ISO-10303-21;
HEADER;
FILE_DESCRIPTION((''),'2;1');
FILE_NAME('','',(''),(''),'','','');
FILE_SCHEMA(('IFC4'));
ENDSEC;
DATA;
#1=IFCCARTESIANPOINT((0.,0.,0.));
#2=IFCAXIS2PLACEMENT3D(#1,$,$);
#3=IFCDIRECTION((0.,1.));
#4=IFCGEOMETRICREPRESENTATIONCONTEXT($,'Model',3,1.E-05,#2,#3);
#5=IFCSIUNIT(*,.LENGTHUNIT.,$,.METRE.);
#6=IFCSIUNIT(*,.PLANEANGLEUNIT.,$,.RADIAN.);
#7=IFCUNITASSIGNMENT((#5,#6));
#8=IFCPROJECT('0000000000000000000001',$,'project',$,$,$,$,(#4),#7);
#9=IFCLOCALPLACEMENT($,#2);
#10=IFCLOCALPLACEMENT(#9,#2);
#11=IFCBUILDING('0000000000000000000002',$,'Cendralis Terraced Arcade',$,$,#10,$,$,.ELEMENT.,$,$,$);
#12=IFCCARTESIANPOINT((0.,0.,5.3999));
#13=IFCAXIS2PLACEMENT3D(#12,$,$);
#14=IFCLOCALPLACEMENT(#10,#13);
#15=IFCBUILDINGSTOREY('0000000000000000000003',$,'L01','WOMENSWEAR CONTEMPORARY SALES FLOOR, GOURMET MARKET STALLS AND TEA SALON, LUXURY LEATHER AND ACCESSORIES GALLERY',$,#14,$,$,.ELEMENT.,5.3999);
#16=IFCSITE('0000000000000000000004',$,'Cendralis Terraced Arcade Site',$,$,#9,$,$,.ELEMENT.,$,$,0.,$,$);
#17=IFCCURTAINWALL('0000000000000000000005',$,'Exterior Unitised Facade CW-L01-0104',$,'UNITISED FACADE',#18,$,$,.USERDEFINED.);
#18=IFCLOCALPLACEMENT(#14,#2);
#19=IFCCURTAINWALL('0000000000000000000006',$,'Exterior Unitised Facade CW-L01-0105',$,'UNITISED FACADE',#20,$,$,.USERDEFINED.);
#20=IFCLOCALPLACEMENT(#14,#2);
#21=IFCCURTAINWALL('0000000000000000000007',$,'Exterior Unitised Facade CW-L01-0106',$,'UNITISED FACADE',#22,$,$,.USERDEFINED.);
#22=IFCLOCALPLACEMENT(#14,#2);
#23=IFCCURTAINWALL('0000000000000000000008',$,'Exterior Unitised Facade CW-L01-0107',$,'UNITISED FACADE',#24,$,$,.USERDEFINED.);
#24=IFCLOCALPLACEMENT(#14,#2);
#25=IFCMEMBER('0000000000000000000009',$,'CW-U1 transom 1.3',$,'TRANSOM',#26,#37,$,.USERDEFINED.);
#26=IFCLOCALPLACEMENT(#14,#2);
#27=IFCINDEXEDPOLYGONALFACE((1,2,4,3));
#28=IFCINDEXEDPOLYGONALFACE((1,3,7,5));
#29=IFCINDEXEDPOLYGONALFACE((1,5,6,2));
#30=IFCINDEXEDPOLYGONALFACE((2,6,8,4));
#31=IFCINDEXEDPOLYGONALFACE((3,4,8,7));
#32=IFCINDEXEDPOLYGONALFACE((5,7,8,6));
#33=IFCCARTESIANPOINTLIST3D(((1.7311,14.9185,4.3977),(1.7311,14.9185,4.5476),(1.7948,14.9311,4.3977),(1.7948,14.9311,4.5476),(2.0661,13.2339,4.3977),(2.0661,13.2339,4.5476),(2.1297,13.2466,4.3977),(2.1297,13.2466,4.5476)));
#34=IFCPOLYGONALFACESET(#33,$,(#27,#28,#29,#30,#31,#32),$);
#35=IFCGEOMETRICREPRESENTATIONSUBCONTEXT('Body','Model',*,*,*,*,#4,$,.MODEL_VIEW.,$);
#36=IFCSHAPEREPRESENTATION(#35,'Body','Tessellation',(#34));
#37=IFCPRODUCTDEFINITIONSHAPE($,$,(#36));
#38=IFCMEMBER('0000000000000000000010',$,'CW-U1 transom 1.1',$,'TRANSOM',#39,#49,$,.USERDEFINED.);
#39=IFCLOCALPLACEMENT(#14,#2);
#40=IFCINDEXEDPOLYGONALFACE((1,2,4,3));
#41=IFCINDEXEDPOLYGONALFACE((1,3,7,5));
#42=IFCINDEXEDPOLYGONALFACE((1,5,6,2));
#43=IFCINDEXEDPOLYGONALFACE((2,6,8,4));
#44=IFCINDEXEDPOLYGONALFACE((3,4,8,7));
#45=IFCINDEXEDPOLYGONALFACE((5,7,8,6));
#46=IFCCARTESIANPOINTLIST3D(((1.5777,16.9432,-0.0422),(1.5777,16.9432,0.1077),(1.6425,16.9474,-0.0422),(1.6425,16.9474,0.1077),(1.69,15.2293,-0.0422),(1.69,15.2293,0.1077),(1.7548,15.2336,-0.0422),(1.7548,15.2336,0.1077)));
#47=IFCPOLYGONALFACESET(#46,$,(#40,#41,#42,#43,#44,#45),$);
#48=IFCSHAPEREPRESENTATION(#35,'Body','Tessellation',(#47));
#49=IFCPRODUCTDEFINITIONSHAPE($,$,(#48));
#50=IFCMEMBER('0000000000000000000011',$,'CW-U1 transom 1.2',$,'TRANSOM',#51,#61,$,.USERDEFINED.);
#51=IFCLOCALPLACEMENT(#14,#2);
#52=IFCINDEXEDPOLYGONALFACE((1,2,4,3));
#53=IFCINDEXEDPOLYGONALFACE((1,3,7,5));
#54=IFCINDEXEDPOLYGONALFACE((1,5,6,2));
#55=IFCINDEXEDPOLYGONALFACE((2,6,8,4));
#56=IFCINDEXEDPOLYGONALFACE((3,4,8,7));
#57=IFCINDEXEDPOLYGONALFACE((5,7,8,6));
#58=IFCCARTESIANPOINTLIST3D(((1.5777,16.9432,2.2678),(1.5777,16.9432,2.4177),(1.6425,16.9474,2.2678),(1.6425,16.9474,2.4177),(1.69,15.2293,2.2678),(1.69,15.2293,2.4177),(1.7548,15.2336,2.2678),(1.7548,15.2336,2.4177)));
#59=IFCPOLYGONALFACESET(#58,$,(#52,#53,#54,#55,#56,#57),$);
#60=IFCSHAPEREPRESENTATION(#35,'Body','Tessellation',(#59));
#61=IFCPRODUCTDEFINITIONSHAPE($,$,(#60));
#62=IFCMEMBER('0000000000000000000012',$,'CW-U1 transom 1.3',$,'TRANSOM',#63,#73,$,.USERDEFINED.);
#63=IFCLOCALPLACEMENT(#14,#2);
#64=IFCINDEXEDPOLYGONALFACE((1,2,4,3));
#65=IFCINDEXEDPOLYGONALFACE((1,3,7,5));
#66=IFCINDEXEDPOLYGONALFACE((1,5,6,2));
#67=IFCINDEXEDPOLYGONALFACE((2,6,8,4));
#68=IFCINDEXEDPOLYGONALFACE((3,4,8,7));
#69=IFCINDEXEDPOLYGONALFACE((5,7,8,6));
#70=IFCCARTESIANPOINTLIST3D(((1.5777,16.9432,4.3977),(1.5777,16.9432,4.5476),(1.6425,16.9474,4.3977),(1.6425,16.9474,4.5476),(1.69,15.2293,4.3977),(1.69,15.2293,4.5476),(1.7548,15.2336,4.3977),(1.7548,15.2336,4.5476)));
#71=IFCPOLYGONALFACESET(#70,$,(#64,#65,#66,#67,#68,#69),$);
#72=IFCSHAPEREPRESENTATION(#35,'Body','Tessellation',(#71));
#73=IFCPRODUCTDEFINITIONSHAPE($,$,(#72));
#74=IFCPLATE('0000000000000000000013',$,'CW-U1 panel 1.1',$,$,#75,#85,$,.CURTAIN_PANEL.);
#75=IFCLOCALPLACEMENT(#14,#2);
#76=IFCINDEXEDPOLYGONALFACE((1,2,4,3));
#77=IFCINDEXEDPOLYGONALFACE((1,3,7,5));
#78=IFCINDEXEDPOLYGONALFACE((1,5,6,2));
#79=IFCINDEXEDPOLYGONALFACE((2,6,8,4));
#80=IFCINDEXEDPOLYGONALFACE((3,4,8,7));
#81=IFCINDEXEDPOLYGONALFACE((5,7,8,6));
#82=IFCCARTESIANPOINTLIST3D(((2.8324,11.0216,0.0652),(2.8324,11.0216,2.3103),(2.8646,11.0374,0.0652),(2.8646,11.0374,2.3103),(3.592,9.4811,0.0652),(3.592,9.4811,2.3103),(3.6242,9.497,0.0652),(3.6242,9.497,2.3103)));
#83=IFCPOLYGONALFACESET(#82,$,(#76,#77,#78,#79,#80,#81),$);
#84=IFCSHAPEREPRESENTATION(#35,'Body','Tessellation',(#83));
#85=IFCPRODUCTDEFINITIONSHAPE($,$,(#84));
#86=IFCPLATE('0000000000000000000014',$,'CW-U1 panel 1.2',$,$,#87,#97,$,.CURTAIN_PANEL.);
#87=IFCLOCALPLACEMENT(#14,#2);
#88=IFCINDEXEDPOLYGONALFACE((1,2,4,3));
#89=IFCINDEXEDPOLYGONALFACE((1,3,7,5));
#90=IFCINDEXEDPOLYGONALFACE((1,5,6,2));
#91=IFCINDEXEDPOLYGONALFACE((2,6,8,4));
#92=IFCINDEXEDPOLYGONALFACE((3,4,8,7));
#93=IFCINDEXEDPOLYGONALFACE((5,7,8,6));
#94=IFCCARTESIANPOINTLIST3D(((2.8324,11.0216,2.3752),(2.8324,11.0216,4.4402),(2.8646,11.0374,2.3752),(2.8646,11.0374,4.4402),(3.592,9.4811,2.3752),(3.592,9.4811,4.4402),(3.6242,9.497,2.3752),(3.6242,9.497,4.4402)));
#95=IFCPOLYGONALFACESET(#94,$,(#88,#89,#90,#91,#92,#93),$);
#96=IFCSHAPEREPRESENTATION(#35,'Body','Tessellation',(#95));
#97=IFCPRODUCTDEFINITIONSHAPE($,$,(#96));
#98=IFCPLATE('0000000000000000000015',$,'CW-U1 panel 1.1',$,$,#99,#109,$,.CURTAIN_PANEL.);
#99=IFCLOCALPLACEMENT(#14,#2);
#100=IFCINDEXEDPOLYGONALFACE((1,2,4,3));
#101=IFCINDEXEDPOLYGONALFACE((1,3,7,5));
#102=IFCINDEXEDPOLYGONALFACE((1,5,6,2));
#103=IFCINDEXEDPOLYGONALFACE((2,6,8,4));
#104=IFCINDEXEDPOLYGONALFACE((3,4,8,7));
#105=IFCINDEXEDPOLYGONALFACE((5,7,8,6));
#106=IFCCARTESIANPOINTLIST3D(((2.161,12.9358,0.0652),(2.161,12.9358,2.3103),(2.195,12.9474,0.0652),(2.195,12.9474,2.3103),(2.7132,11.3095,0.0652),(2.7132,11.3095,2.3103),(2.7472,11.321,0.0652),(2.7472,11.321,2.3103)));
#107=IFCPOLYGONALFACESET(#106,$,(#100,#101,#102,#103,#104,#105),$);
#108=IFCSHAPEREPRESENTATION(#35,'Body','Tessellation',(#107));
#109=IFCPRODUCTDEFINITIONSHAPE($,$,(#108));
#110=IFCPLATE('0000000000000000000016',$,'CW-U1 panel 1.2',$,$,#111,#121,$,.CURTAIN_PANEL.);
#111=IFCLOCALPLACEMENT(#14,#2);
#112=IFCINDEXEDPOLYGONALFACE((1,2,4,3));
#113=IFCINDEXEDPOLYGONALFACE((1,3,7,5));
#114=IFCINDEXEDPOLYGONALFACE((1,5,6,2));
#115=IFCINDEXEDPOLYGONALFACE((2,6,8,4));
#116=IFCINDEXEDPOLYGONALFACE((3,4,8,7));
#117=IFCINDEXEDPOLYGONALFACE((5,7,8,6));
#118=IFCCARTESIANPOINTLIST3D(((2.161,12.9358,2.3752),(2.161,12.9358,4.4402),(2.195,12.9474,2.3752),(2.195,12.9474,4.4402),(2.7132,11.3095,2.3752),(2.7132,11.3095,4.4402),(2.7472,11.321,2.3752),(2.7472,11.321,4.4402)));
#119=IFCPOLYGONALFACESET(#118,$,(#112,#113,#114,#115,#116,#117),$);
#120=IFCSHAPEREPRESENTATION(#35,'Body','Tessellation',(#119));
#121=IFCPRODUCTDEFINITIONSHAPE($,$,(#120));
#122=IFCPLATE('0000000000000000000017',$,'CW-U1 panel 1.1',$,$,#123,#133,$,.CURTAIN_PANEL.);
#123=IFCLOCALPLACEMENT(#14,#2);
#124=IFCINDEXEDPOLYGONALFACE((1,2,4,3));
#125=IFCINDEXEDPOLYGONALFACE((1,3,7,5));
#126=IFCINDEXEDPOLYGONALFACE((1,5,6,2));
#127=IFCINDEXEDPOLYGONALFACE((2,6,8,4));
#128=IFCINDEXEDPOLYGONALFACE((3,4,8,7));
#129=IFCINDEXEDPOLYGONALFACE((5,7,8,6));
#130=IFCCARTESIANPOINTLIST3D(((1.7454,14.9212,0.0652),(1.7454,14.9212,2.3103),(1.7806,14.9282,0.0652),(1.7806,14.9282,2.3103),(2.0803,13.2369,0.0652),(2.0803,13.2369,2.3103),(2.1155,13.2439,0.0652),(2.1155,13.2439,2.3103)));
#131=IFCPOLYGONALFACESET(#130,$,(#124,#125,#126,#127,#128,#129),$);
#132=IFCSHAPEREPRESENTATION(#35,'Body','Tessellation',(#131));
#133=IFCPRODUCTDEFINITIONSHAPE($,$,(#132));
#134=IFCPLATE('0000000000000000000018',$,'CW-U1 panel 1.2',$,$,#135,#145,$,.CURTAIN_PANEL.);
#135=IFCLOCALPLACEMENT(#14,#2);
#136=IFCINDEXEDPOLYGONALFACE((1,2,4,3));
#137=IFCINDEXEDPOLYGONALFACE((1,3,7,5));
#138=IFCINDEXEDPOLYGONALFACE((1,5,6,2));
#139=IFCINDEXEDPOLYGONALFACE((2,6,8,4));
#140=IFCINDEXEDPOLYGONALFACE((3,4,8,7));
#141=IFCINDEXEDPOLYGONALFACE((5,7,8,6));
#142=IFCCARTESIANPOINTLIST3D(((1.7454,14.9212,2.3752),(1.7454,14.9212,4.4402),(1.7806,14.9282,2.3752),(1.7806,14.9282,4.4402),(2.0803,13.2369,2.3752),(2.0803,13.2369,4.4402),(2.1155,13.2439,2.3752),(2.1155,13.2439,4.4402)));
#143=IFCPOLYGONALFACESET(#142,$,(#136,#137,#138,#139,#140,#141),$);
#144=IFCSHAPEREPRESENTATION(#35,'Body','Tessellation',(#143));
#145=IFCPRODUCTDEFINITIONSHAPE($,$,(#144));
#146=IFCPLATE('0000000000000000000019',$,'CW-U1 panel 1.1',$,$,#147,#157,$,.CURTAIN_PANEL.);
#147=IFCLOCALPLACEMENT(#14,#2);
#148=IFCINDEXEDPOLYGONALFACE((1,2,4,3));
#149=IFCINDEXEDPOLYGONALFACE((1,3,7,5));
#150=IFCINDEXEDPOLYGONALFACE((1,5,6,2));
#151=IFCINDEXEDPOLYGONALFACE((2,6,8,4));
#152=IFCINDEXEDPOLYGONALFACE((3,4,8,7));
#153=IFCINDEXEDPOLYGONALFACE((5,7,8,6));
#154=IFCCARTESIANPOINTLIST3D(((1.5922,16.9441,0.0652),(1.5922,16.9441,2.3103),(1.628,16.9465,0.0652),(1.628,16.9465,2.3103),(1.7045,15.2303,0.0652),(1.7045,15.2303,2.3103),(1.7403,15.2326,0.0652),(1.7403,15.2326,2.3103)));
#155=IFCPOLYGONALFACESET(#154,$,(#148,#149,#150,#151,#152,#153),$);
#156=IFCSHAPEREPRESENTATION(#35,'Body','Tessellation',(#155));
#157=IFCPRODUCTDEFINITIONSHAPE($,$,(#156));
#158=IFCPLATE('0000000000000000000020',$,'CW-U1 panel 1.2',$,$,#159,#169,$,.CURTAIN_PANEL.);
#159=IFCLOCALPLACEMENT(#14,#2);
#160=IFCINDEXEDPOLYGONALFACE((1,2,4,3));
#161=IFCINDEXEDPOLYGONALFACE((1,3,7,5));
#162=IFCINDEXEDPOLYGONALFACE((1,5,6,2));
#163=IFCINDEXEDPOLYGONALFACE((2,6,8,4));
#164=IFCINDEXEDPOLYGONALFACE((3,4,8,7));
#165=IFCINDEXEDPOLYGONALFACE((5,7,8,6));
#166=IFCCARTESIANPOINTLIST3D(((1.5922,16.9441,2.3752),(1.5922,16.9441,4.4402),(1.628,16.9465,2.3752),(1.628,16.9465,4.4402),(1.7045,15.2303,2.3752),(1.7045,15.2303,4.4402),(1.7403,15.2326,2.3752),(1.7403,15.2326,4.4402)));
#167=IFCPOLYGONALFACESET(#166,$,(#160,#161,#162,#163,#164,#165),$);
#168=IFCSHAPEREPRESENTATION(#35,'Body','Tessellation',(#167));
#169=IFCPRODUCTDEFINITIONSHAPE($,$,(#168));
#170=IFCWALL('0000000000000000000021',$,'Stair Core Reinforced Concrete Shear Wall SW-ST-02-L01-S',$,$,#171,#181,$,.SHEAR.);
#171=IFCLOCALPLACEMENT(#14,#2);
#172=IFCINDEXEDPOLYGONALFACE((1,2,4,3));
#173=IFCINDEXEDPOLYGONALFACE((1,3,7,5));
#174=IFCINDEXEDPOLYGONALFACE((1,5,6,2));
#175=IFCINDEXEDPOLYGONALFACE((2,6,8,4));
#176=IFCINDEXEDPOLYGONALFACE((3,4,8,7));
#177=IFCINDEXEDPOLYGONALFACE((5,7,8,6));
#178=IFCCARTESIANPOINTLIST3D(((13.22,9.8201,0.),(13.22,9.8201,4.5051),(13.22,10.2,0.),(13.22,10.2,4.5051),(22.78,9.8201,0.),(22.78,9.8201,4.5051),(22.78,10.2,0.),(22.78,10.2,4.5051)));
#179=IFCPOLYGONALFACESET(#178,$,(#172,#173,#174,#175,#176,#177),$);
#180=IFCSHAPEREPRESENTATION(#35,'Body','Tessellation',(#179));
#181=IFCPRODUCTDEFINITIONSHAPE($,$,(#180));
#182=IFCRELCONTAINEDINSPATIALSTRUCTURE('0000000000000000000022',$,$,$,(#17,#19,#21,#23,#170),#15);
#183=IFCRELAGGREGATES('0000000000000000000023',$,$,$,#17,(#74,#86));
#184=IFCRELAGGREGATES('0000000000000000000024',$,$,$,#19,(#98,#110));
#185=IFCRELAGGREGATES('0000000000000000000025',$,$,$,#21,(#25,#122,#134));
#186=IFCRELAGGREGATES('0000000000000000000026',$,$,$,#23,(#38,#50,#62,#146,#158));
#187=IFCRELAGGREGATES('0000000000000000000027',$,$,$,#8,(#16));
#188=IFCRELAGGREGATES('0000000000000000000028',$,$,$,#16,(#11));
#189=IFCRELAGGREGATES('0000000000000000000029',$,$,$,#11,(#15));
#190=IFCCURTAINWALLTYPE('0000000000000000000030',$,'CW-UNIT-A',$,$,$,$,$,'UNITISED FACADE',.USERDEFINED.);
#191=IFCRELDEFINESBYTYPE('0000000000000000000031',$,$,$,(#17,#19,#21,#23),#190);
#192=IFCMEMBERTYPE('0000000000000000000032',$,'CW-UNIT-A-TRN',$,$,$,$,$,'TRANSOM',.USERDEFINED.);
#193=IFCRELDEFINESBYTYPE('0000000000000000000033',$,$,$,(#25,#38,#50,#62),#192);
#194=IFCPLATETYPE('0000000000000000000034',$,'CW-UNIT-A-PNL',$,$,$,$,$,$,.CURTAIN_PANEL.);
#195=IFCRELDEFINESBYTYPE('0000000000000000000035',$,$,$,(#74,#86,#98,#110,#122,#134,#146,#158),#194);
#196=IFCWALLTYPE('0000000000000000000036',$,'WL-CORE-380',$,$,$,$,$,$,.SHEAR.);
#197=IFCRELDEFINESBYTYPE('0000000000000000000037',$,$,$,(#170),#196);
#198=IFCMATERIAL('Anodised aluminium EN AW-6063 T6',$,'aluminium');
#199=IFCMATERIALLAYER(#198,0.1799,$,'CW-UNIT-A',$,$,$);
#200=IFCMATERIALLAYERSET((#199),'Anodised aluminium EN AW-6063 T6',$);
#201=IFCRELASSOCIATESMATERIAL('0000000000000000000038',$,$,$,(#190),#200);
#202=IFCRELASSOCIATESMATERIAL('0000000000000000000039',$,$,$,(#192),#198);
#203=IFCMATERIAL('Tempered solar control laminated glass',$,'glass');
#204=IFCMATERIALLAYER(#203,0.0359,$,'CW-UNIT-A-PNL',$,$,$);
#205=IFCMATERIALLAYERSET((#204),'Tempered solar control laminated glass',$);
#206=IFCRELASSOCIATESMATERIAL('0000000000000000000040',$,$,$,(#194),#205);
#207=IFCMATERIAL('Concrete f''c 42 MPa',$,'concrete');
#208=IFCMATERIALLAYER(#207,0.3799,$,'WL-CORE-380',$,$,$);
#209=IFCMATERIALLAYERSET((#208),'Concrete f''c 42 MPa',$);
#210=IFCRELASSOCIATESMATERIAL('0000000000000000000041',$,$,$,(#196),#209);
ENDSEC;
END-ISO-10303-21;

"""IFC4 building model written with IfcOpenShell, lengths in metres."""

from ifc_helpers import new_model, si_unit, direction, frame, frame_2d, origin, origin_2d, place, context, subcontext, project, spatial, rectangle, extrude, material, layer, layer_set, material_profile, profile_set, type_object, element, aggregate, save


model = new_model("IFC4")

# Units and contexts
model_context = context("Model", 3, precision=1e-05, world=origin(), true_north=direction((0.0, 1.0)))
body_context = subcontext(model_context, "Body", "Model", "MODEL_VIEW")
ifc_project = project(units=[si_unit("LENGTHUNIT", "METRE"), si_unit("PLANEANGLEUNIT", "RADIAN")], contexts=[model_context])

# Site, building, storey
site_placement = place(None, origin())
site = spatial("IfcSite", under=ifc_project, at=site_placement, Name="Cendralis Terraced Arcade Site", CompositionType="ELEMENT", RefElevation=0.0)
building_placement = place(site_placement, origin())
building = spatial("IfcBuilding", under=site, at=building_placement, Name="Cendralis Terraced Arcade", CompositionType="ELEMENT")
storey_placement = place(building_placement, frame((0.0, 0.0, 5.3999)))
storey = spatial("IfcBuildingStorey", under=building, at=storey_placement, Name="L01", Description="WOMENSWEAR CONTEMPORARY SALES FLOOR, GOURMET MARKET STALLS AND TEA SALON, LUXURY LEATHER AND ACCESSORIES GALLERY", CompositionType="ELEMENT", Elevation=5.3999)

# Shared definitions
ifc_material_1 = material(Name="Concrete f'c 42 MPa", Category="concrete")

# Curtain wall
ifc_material_2 = material(Name="Anodised aluminium EN AW-6063 T6", Category="aluminium")
ifc_layer_1 = layer(ifc_material_2, 0.1799, Name="CW-UNIT-A")
ifc_layer_set_1 = layer_set([ifc_layer_1], Name="Anodised aluminium EN AW-6063 T6")
curtain_wall_type = type_object("IfcCurtainWallType", Name="CW-UNIT-A", ElementType="UNITISED FACADE", PredefinedType="USERDEFINED", material=ifc_layer_set_1)
curtain_wall_1_placement = place(storey_placement, origin())
curtain_wall_1 = element("IfcCurtainWall", 1, at=curtain_wall_1_placement, inside=storey, type_object=curtain_wall_type, Name="Exterior Unitised Facade CW-L01-0104", ObjectType="UNITISED FACADE", PredefinedType="USERDEFINED")

# Curtain walls
curtain_wall_2_placement = place(storey_placement, origin())
curtain_wall_2 = element("IfcCurtainWall", 2, at=curtain_wall_2_placement, inside=storey, type_object=curtain_wall_type, Name="Exterior Unitised Facade CW-L01-0105", ObjectType="UNITISED FACADE", PredefinedType="USERDEFINED")
curtain_wall_3_placement = place(storey_placement, origin())
curtain_wall_3 = element("IfcCurtainWall", 3, at=curtain_wall_3_placement, inside=storey, type_object=curtain_wall_type, Name="Exterior Unitised Facade CW-L01-0106", ObjectType="UNITISED FACADE", PredefinedType="USERDEFINED")
curtain_wall_4_placement = place(storey_placement, origin())
curtain_wall_4 = element("IfcCurtainWall", 4, at=curtain_wall_4_placement, inside=storey, type_object=curtain_wall_type, Name="Exterior Unitised Facade CW-L01-0107", ObjectType="UNITISED FACADE", PredefinedType="USERDEFINED")

# Members
ifc_material_profile_1 = material_profile(ifc_material_2, rectangle(XDim=0.0649, YDim=0.1499, at=origin_2d()), Name="ALU-TRN-65x150")
ifc_profile_set_1 = profile_set([ifc_material_profile_1], Name="Anodised aluminium EN AW-6063 T6")
member_type_1 = type_object("IfcMemberType", Name="CW-UNIT-A-TRN", ElementType="TRANSOM", PredefinedType="USERDEFINED", material=ifc_profile_set_1)
member_1_placement = place(storey_placement, frame((2.0979, 13.2402, 4.4727), z_axis=(-0.195023, 0.980799, 0.0), x_axis=(-0.980799, -0.195023, 0.0)))
member_1 = element("IfcMember", 5, at=member_1_placement, type_object=member_type_1, Name="CW-U1 transom 1.3", ObjectType="TRANSOM", PredefinedType="USERDEFINED", context=body_context, shape_type="SweptSolid", body=[
    extrude(rectangle(XDim=0.0649, YDim=0.1499, at=origin_2d()), origin(), (0.0, 0.0, 1.0), 1.7175),
])
member_2_placement = place(storey_placement, frame((1.7224, 15.2314, 0.0327), z_axis=(-0.065387, 0.99786, 0.0), x_axis=(-0.99786, -0.065387, 0.0)))
member_2 = element("IfcMember", 6, at=member_2_placement, type_object=member_type_1, Name="CW-U1 transom 1.1", ObjectType="TRANSOM", PredefinedType="USERDEFINED", context=body_context, shape_type="SweptSolid", body=[
    extrude(rectangle(XDim=0.0649, YDim=0.1499, at=origin_2d()), origin(), (0.0, 0.0, 1.0), 1.7175),
])
member_3_placement = place(storey_placement, frame((1.7224, 15.2314, 2.3428), z_axis=(-0.065387, 0.99786, 0.0), x_axis=(-0.99786, -0.065387, 0.0)))
member_3 = element("IfcMember", 7, at=member_3_placement, type_object=member_type_1, Name="CW-U1 transom 1.2", ObjectType="TRANSOM", PredefinedType="USERDEFINED", context=body_context, shape_type="SweptSolid", body=[
    extrude(rectangle(XDim=0.0649, YDim=0.1499, at=origin_2d()), origin(), (0.0, 0.0, 1.0), 1.7175),
])
member_4_placement = place(storey_placement, frame((1.7224, 15.2314, 4.4727), z_axis=(-0.065387, 0.99786, 0.0), x_axis=(-0.99786, -0.065387, 0.0)))
member_4 = element("IfcMember", 8, at=member_4_placement, type_object=member_type_1, Name="CW-U1 transom 1.3", ObjectType="TRANSOM", PredefinedType="USERDEFINED", context=body_context, shape_type="SweptSolid", body=[
    extrude(rectangle(XDim=0.0649, YDim=0.1499, at=origin_2d()), origin(), (0.0, 0.0, 1.0), 1.7175),
])

# Plates
ifc_material_3 = material(Name="Tempered solar control laminated glass", Category="glass")
ifc_layer_2 = layer(ifc_material_3, 0.0359, Name="CW-UNIT-A-PNL")
ifc_layer_set_2 = layer_set([ifc_layer_2], Name="Tempered solar control laminated glass")
plate_type = type_object("IfcPlateType", Name="CW-UNIT-A-PNL", PredefinedType="CURTAIN_PANEL", material=ifc_layer_set_2)
plate_1_placement = place(storey_placement, frame((3.2283, 10.2593, 0.0652), z_axis=(0.0, 0.0, 1.0), x_axis=(-0.44227, 0.896882, 0.0)))
plate_1 = element("IfcPlate", 9, at=plate_1_placement, type_object=plate_type, Name="CW-U1 panel 1.1", PredefinedType="CURTAIN_PANEL", context=body_context, shape_type="SweptSolid", body=[
    extrude(rectangle(XDim=1.7175, YDim=0.0359, at=origin_2d()), origin(), (0.0, 0.0, 1.0), 2.2451),
])
plate_2_placement = place(storey_placement, frame((3.2283, 10.2593, 2.3752), z_axis=(0.0, 0.0, 1.0), x_axis=(-0.44227, 0.896882, 0.0)))
plate_2 = element("IfcPlate", 10, at=plate_2_placement, type_object=plate_type, Name="CW-U1 panel 1.2", PredefinedType="CURTAIN_PANEL", context=body_context, shape_type="SweptSolid", body=[
    extrude(rectangle(XDim=1.7175, YDim=0.0359, at=origin_2d()), origin(), (0.0, 0.0, 1.0), 2.0649),
])
aggregate(curtain_wall_1, [plate_1, plate_2])
plate_3_placement = place(storey_placement, frame((2.4541, 12.1284, 0.0652), z_axis=(0.0, 0.0, 1.0), x_axis=(-0.3215, 0.94691, 0.0)))
plate_3 = element("IfcPlate", 11, at=plate_3_placement, type_object=plate_type, Name="CW-U1 panel 1.1", PredefinedType="CURTAIN_PANEL", context=body_context, shape_type="SweptSolid", body=[
    extrude(rectangle(XDim=1.7175, YDim=0.0359, at=origin_2d()), origin(), (0.0, 0.0, 1.0), 2.2451),
])
plate_4_placement = place(storey_placement, frame((2.4541, 12.1284, 2.3752), z_axis=(0.0, 0.0, 1.0), x_axis=(-0.3215, 0.94691, 0.0)))
plate_4 = element("IfcPlate", 12, at=plate_4_placement, type_object=plate_type, Name="CW-U1 panel 1.2", PredefinedType="CURTAIN_PANEL", context=body_context, shape_type="SweptSolid", body=[
    extrude(rectangle(XDim=1.7175, YDim=0.0359, at=origin_2d()), origin(), (0.0, 0.0, 1.0), 2.0649),
])
aggregate(curtain_wall_2, [plate_3, plate_4])
plate_5_placement = place(storey_placement, frame((1.9304, 14.0825, 0.0652), z_axis=(0.0, 0.0, 1.0), x_axis=(-0.195033, 0.980797, 0.0)))
plate_5 = element("IfcPlate", 13, at=plate_5_placement, type_object=plate_type, Name="CW-U1 panel 1.1", PredefinedType="CURTAIN_PANEL", context=body_context, shape_type="SweptSolid", body=[
    extrude(rectangle(XDim=1.7173, YDim=0.0359, at=origin_2d()), origin(), (0.0, 0.0, 1.0), 2.2451),
])
plate_6_placement = place(storey_placement, frame((1.9304, 14.0825, 2.3752), z_axis=(0.0, 0.0, 1.0), x_axis=(-0.195033, 0.980797, 0.0)))
plate_6 = element("IfcPlate", 14, at=plate_6_placement, type_object=plate_type, Name="CW-U1 panel 1.2", PredefinedType="CURTAIN_PANEL", context=body_context, shape_type="SweptSolid", body=[
    extrude(rectangle(XDim=1.7173, YDim=0.0359, at=origin_2d()), origin(), (0.0, 0.0, 1.0), 2.0649),
])
aggregate(curtain_wall_3, [member_1, plate_5, plate_6])
plate_7_placement = place(storey_placement, frame((1.6663, 16.0884, 0.0652), z_axis=(0.0, 0.0, 1.0), x_axis=(-0.065384, 0.99786, 0.0)))
plate_7 = element("IfcPlate", 15, at=plate_7_placement, type_object=plate_type, Name="CW-U1 panel 1.1", PredefinedType="CURTAIN_PANEL", context=body_context, shape_type="SweptSolid", body=[
    extrude(rectangle(XDim=1.7175, YDim=0.0359, at=origin_2d()), origin(), (0.0, 0.0, 1.0), 2.2451),
])
plate_8_placement = place(storey_placement, frame((1.6663, 16.0884, 2.3752), z_axis=(0.0, 0.0, 1.0), x_axis=(-0.065384, 0.99786, 0.0)))
plate_8 = element("IfcPlate", 16, at=plate_8_placement, type_object=plate_type, Name="CW-U1 panel 1.2", PredefinedType="CURTAIN_PANEL", context=body_context, shape_type="SweptSolid", body=[
    extrude(rectangle(XDim=1.7175, YDim=0.0359, at=origin_2d()), origin(), (0.0, 0.0, 1.0), 2.0649),
])
aggregate(curtain_wall_4, [member_2, member_3, member_4, plate_7, plate_8])

# Wall
ifc_layer_3 = layer(ifc_material_1, 0.3799, Name="WL-CORE-380")
ifc_layer_set_3 = layer_set([ifc_layer_3], Name="Concrete f'c 42 MPa")
wall_type_1 = type_object("IfcWallType", Name="WL-CORE-380", PredefinedType="SHEAR", material=ifc_layer_set_3)
wall_1_placement = place(storey_placement, frame((13.22, 10.01, 0.0), z_axis=(0.0, 0.0, 1.0), x_axis=(1.0, 0.0, 0.0)))
element("IfcWall", 17, at=wall_1_placement, inside=storey, type_object=wall_type_1, Name="Stair Core Reinforced Concrete Shear Wall SW-ST-02-L01-S", PredefinedType="SHEAR", context=body_context, shape_type="SweptSolid", body=[
    extrude(rectangle(XDim=9.5601, YDim=0.3799, at=frame_2d((4.78, 0.0))), origin(), (0.0, 0.0, 1.0), 4.5051),
])

save(model, "model.ifc")
